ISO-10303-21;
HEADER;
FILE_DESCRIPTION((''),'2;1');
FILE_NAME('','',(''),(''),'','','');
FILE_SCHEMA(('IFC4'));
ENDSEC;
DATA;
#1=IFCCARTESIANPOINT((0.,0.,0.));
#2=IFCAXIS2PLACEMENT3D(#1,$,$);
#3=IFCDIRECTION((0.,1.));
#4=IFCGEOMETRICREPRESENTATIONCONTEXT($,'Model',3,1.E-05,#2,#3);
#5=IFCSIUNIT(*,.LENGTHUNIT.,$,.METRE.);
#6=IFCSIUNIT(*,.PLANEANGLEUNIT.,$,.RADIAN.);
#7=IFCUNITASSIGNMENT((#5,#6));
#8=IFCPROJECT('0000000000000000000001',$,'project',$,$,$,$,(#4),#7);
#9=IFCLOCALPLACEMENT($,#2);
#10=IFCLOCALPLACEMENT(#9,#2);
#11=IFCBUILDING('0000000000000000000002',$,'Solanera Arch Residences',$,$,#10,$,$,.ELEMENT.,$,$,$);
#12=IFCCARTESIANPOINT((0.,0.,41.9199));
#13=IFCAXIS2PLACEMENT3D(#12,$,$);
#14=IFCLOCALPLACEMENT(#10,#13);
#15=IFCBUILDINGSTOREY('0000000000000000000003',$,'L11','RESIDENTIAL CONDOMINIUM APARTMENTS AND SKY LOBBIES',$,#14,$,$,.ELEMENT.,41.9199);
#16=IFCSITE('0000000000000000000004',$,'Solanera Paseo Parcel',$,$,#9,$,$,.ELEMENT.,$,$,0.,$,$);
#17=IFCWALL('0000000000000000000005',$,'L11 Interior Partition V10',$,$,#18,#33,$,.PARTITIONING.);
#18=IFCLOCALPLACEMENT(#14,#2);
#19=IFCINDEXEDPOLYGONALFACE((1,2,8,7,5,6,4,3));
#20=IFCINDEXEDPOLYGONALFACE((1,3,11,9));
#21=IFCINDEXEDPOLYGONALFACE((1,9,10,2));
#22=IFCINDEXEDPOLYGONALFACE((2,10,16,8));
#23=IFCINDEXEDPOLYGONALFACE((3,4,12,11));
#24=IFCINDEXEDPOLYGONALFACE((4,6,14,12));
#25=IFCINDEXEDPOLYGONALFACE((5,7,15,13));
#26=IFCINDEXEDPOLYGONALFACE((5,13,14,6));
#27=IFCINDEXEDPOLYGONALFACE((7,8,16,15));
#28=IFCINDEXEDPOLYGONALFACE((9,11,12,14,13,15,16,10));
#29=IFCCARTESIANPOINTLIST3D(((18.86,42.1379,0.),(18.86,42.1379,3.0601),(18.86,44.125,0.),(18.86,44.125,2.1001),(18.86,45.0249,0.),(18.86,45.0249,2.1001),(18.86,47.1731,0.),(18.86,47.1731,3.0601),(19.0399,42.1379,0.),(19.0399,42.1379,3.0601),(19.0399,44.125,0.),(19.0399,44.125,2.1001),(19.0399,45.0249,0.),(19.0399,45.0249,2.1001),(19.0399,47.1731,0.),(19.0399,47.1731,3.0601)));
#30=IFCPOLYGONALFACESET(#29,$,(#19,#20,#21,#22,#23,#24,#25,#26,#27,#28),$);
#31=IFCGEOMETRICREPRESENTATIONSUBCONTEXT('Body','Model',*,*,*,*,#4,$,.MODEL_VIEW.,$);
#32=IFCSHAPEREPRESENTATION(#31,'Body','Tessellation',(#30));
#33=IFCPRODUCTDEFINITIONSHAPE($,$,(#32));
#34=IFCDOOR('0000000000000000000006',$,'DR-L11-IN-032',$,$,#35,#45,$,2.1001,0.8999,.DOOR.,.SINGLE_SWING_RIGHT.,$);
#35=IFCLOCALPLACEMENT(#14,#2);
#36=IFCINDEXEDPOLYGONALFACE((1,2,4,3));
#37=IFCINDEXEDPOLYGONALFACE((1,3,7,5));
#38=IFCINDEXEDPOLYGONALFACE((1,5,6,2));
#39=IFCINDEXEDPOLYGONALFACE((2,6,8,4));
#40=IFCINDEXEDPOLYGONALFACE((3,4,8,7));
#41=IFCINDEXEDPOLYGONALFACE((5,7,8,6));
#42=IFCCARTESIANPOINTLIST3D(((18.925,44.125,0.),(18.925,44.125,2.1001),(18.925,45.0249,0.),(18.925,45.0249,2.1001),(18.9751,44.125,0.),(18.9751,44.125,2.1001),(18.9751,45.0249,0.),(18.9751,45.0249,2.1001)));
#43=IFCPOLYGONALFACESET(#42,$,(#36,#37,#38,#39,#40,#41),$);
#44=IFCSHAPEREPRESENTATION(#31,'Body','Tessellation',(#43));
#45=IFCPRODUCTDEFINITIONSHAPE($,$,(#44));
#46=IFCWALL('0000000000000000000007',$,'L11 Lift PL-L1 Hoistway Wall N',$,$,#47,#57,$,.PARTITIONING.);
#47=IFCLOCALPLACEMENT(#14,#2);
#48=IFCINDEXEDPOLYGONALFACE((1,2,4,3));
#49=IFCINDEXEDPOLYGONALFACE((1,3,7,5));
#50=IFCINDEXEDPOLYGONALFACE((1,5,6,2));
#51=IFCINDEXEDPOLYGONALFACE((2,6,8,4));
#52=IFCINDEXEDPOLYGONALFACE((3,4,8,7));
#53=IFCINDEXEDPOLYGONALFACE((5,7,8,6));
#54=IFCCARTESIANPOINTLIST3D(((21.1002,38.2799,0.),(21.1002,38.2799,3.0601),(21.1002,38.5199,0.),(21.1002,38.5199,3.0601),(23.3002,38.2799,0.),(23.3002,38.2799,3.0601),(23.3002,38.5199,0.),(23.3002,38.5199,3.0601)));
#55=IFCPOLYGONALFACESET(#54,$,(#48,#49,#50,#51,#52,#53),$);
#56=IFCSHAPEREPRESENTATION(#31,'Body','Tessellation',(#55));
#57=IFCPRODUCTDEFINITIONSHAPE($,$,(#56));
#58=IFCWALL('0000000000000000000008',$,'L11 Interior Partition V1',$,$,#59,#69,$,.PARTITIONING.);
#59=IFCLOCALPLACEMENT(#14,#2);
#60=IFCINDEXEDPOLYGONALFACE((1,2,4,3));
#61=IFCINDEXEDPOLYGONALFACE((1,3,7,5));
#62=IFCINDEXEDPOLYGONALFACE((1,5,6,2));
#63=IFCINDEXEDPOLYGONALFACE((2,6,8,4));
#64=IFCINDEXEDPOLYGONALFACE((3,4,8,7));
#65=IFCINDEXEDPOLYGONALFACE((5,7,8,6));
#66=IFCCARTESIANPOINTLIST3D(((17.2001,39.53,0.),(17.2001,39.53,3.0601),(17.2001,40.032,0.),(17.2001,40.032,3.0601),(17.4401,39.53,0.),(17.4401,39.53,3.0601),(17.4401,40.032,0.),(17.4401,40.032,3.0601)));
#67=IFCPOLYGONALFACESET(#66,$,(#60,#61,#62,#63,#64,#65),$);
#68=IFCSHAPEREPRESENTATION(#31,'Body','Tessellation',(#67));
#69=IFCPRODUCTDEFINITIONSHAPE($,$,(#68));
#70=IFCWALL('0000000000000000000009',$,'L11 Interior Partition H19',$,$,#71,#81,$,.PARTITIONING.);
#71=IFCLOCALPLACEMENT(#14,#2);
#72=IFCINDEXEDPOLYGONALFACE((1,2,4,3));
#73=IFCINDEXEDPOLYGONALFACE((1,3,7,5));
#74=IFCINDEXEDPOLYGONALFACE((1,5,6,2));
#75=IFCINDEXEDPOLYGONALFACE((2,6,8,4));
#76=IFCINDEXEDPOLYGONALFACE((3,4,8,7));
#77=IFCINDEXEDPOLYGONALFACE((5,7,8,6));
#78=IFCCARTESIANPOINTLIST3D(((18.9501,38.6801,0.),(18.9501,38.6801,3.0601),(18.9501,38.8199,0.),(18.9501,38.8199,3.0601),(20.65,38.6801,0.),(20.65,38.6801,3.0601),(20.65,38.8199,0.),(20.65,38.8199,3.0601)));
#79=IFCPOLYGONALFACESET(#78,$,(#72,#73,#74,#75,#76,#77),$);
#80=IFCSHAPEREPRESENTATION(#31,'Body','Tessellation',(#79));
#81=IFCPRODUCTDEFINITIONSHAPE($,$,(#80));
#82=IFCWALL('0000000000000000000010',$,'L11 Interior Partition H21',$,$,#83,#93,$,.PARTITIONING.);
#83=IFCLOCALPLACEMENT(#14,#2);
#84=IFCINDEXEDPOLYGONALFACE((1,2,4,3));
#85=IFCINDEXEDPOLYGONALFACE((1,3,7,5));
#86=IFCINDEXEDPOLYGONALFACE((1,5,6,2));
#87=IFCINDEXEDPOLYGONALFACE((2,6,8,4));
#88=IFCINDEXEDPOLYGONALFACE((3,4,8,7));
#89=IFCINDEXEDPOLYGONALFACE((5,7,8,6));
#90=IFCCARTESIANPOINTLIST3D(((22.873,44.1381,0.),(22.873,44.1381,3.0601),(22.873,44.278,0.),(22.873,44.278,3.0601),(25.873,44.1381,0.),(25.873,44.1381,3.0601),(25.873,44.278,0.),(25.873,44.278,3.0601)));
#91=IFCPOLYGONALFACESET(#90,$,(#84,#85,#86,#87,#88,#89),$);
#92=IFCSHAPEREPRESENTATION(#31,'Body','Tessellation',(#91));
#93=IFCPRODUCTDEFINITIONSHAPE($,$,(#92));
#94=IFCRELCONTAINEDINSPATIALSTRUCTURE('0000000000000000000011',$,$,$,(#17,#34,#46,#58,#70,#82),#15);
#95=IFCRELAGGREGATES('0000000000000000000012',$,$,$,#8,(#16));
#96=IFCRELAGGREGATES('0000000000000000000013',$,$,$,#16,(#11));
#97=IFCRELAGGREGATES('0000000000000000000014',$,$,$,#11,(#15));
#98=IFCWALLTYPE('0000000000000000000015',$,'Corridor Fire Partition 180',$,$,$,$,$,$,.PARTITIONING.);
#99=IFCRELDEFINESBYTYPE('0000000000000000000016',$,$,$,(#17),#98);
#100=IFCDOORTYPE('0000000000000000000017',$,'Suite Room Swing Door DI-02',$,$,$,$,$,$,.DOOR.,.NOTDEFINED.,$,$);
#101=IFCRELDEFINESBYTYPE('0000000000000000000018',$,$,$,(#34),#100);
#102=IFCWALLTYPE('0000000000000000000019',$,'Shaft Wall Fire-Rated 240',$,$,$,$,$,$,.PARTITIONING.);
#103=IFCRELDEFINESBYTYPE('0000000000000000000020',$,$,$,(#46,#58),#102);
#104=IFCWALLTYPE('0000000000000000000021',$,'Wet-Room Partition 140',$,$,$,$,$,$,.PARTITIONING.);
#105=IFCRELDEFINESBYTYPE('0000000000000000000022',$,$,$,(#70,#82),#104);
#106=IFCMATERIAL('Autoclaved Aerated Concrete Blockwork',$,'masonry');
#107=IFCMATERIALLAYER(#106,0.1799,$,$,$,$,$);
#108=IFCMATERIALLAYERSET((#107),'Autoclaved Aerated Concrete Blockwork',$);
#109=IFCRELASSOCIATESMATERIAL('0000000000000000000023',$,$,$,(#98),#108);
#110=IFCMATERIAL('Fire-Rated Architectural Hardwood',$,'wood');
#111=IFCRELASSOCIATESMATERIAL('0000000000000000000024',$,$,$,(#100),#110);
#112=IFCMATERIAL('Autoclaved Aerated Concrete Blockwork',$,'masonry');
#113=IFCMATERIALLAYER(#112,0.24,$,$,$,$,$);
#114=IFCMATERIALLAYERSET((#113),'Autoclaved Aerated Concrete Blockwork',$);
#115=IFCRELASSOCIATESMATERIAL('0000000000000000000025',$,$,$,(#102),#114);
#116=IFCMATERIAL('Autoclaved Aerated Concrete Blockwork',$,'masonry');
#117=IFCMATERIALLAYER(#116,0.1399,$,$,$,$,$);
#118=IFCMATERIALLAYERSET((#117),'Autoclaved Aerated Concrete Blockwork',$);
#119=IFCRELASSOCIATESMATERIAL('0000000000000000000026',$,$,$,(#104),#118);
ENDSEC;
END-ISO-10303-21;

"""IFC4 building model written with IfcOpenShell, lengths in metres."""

from ifc_helpers import new_model, si_unit, direction, frame, frame_2d, origin, place, context, subcontext, project, spatial, rectangle, extrude, material, layer, layer_set, type_object, element, fill, save


model = new_model("IFC4")

# Units and contexts
model_context = context("Model", 3, precision=1e-05, world=origin(), true_north=direction((0.0, 1.0)))
body_context = subcontext(model_context, "Body", "Model", "MODEL_VIEW")
ifc_project = project(units=[si_unit("LENGTHUNIT", "METRE"), si_unit("PLANEANGLEUNIT", "RADIAN")], contexts=[model_context])

# Site, building, storey
site_placement = place(None, origin())
site = spatial("IfcSite", under=ifc_project, at=site_placement, Name="Solanera Paseo Parcel", CompositionType="ELEMENT", RefElevation=0.0)
building_placement = place(site_placement, origin())
building = spatial("IfcBuilding", under=site, at=building_placement, Name="Solanera Arch Residences", CompositionType="ELEMENT")
storey_placement = place(building_placement, frame((0.0, 0.0, 41.9199)))
storey = spatial("IfcBuildingStorey", under=building, at=storey_placement, Name="L11", Description="RESIDENTIAL CONDOMINIUM APARTMENTS AND SKY LOBBIES", CompositionType="ELEMENT", Elevation=41.9199)

# Shared definitions
ifc_material_1 = material(Name="Autoclaved Aerated Concrete Blockwork", Category="masonry")
ifc_layer_1 = layer(ifc_material_1, 0.1799)
ifc_layer_set_1 = layer_set([ifc_layer_1], Name="Autoclaved Aerated Concrete Blockwork")
wall_type_1 = type_object("IfcWallType", Name="Corridor Fire Partition 180", PredefinedType="PARTITIONING", material=ifc_layer_set_1)

# Wall, opening, door
wall_1_placement = place(storey_placement, frame((18.95, 42.1379, 0.0), z_axis=(0.0, 0.0, 1.0), x_axis=(0.0, 1.0, 0.0)))
wall_1 = element("IfcWall", 1, at=wall_1_placement, inside=storey, type_object=wall_type_1, Name="L11 Interior Partition V10", PredefinedType="PARTITIONING", context=body_context, shape_type="SweptSolid", body=[
    extrude(rectangle(XDim=5.0352, YDim=0.1799, at=frame_2d((2.5176, 0.0))), origin(), (0.0, 0.0, 1.0), 3.0601),
])
opening_placement = place(wall_1_placement, frame((1.9871, 0.0, 0.0)))
opening = element("IfcOpeningElement", 2, at=opening_placement, cuts=wall_1, PredefinedType="OPENING", context=body_context, shape_type="SweptSolid", body=[
    extrude(rectangle(XDim=0.8999, YDim=2.1001, at=frame_2d((0.45, 1.05))), frame((0.0, 0.1001, 0.0), z_axis=(0.0, -1.0, 0.0), x_axis=(1.0, 0.0, 0.0)), (0.0, 0.0, 1.0), 0.1999),
])
ifc_material_2 = material(Name="Fire-Rated Architectural Hardwood", Category="wood")
door_type = type_object("IfcDoorType", Name="Suite Room Swing Door DI-02", OperationType="NOTDEFINED", PredefinedType="DOOR", material=ifc_material_2)
door_placement = place(opening_placement, origin())
door = element("IfcDoor", 3, at=door_placement, inside=storey, type_object=door_type, Name="DR-L11-IN-032", OperationType="SINGLE_SWING_RIGHT", OverallHeight=2.1001, OverallWidth=0.8999, PredefinedType="DOOR", context=body_context, shape_type="SweptSolid", body=[
    extrude(rectangle(XDim=0.8999, YDim=2.1001, at=frame_2d((0.45, 1.05))), frame((0.0, 0.0249, 0.0), z_axis=(0.0, -1.0, 0.0), x_axis=(1.0, 0.0, 0.0)), (0.0, 0.0, 1.0), 0.05),
])
fill(opening, door)

# Walls
ifc_material_3 = material(Name="Autoclaved Aerated Concrete Blockwork", Category="masonry")
ifc_layer_2 = layer(ifc_material_3, 0.24)
ifc_layer_set_2 = layer_set([ifc_layer_2], Name="Autoclaved Aerated Concrete Blockwork")
wall_type_2 = type_object("IfcWallType", Name="Shaft Wall Fire-Rated 240", PredefinedType="PARTITIONING", material=ifc_layer_set_2)
wall_2_placement = place(storey_placement, frame((21.1001, 38.3999, 0.0), z_axis=(0.0, 0.0, 1.0), x_axis=(1.0, 0.0, 0.0)))
element("IfcWall", 4, at=wall_2_placement, inside=storey, type_object=wall_type_2, Name="L11 Lift PL-L1 Hoistway Wall N", PredefinedType="PARTITIONING", context=body_context, shape_type="SweptSolid", body=[
    extrude(rectangle(XDim=2.2, YDim=0.24, at=frame_2d((1.1001, 0.0))), origin(), (0.0, 0.0, 1.0), 3.0601),
])
wall_3_placement = place(storey_placement, frame((17.3201, 39.53, 0.0), z_axis=(0.0, 0.0, 1.0), x_axis=(0.0, 1.0, 0.0)))
element("IfcWall", 5, at=wall_3_placement, inside=storey, type_object=wall_type_2, Name="L11 Interior Partition V1", PredefinedType="PARTITIONING", context=body_context, shape_type="SweptSolid", body=[
    extrude(rectangle(XDim=0.502, YDim=0.24, at=frame_2d((0.251, 0.0))), origin(), (0.0, 0.0, 1.0), 3.0601),
])
ifc_material_4 = material(Name="Autoclaved Aerated Concrete Blockwork", Category="masonry")
ifc_layer_3 = layer(ifc_material_4, 0.1399)
ifc_layer_set_3 = layer_set([ifc_layer_3], Name="Autoclaved Aerated Concrete Blockwork")
wall_type_3 = type_object("IfcWallType", Name="Wet-Room Partition 140", PredefinedType="PARTITIONING", material=ifc_layer_set_3)
wall_4_placement = place(storey_placement, frame((18.95, 38.75, 0.0), z_axis=(0.0, 0.0, 1.0), x_axis=(1.0, 0.0, 0.0)))
element("IfcWall", 6, at=wall_4_placement, inside=storey, type_object=wall_type_3, Name="L11 Interior Partition H19", PredefinedType="PARTITIONING", context=body_context, shape_type="SweptSolid", body=[
    extrude(rectangle(XDim=1.7, YDim=0.1399, at=frame_2d((0.8501, 0.0))), origin(), (0.0, 0.0, 1.0), 3.0601),
])
wall_5_placement = place(storey_placement, frame((22.873, 44.208, 0.0), z_axis=(0.0, 0.0, 1.0), x_axis=(1.0, 0.0, 0.0)))
element("IfcWall", 7, at=wall_5_placement, inside=storey, type_object=wall_type_3, Name="L11 Interior Partition H21", PredefinedType="PARTITIONING", context=body_context, shape_type="SweptSolid", body=[
    extrude(rectangle(XDim=3.0, YDim=0.1399, at=frame_2d((1.5, 0.0))), origin(), (0.0, 0.0, 1.0), 3.0601),
])

save(model, "model.ifc")
